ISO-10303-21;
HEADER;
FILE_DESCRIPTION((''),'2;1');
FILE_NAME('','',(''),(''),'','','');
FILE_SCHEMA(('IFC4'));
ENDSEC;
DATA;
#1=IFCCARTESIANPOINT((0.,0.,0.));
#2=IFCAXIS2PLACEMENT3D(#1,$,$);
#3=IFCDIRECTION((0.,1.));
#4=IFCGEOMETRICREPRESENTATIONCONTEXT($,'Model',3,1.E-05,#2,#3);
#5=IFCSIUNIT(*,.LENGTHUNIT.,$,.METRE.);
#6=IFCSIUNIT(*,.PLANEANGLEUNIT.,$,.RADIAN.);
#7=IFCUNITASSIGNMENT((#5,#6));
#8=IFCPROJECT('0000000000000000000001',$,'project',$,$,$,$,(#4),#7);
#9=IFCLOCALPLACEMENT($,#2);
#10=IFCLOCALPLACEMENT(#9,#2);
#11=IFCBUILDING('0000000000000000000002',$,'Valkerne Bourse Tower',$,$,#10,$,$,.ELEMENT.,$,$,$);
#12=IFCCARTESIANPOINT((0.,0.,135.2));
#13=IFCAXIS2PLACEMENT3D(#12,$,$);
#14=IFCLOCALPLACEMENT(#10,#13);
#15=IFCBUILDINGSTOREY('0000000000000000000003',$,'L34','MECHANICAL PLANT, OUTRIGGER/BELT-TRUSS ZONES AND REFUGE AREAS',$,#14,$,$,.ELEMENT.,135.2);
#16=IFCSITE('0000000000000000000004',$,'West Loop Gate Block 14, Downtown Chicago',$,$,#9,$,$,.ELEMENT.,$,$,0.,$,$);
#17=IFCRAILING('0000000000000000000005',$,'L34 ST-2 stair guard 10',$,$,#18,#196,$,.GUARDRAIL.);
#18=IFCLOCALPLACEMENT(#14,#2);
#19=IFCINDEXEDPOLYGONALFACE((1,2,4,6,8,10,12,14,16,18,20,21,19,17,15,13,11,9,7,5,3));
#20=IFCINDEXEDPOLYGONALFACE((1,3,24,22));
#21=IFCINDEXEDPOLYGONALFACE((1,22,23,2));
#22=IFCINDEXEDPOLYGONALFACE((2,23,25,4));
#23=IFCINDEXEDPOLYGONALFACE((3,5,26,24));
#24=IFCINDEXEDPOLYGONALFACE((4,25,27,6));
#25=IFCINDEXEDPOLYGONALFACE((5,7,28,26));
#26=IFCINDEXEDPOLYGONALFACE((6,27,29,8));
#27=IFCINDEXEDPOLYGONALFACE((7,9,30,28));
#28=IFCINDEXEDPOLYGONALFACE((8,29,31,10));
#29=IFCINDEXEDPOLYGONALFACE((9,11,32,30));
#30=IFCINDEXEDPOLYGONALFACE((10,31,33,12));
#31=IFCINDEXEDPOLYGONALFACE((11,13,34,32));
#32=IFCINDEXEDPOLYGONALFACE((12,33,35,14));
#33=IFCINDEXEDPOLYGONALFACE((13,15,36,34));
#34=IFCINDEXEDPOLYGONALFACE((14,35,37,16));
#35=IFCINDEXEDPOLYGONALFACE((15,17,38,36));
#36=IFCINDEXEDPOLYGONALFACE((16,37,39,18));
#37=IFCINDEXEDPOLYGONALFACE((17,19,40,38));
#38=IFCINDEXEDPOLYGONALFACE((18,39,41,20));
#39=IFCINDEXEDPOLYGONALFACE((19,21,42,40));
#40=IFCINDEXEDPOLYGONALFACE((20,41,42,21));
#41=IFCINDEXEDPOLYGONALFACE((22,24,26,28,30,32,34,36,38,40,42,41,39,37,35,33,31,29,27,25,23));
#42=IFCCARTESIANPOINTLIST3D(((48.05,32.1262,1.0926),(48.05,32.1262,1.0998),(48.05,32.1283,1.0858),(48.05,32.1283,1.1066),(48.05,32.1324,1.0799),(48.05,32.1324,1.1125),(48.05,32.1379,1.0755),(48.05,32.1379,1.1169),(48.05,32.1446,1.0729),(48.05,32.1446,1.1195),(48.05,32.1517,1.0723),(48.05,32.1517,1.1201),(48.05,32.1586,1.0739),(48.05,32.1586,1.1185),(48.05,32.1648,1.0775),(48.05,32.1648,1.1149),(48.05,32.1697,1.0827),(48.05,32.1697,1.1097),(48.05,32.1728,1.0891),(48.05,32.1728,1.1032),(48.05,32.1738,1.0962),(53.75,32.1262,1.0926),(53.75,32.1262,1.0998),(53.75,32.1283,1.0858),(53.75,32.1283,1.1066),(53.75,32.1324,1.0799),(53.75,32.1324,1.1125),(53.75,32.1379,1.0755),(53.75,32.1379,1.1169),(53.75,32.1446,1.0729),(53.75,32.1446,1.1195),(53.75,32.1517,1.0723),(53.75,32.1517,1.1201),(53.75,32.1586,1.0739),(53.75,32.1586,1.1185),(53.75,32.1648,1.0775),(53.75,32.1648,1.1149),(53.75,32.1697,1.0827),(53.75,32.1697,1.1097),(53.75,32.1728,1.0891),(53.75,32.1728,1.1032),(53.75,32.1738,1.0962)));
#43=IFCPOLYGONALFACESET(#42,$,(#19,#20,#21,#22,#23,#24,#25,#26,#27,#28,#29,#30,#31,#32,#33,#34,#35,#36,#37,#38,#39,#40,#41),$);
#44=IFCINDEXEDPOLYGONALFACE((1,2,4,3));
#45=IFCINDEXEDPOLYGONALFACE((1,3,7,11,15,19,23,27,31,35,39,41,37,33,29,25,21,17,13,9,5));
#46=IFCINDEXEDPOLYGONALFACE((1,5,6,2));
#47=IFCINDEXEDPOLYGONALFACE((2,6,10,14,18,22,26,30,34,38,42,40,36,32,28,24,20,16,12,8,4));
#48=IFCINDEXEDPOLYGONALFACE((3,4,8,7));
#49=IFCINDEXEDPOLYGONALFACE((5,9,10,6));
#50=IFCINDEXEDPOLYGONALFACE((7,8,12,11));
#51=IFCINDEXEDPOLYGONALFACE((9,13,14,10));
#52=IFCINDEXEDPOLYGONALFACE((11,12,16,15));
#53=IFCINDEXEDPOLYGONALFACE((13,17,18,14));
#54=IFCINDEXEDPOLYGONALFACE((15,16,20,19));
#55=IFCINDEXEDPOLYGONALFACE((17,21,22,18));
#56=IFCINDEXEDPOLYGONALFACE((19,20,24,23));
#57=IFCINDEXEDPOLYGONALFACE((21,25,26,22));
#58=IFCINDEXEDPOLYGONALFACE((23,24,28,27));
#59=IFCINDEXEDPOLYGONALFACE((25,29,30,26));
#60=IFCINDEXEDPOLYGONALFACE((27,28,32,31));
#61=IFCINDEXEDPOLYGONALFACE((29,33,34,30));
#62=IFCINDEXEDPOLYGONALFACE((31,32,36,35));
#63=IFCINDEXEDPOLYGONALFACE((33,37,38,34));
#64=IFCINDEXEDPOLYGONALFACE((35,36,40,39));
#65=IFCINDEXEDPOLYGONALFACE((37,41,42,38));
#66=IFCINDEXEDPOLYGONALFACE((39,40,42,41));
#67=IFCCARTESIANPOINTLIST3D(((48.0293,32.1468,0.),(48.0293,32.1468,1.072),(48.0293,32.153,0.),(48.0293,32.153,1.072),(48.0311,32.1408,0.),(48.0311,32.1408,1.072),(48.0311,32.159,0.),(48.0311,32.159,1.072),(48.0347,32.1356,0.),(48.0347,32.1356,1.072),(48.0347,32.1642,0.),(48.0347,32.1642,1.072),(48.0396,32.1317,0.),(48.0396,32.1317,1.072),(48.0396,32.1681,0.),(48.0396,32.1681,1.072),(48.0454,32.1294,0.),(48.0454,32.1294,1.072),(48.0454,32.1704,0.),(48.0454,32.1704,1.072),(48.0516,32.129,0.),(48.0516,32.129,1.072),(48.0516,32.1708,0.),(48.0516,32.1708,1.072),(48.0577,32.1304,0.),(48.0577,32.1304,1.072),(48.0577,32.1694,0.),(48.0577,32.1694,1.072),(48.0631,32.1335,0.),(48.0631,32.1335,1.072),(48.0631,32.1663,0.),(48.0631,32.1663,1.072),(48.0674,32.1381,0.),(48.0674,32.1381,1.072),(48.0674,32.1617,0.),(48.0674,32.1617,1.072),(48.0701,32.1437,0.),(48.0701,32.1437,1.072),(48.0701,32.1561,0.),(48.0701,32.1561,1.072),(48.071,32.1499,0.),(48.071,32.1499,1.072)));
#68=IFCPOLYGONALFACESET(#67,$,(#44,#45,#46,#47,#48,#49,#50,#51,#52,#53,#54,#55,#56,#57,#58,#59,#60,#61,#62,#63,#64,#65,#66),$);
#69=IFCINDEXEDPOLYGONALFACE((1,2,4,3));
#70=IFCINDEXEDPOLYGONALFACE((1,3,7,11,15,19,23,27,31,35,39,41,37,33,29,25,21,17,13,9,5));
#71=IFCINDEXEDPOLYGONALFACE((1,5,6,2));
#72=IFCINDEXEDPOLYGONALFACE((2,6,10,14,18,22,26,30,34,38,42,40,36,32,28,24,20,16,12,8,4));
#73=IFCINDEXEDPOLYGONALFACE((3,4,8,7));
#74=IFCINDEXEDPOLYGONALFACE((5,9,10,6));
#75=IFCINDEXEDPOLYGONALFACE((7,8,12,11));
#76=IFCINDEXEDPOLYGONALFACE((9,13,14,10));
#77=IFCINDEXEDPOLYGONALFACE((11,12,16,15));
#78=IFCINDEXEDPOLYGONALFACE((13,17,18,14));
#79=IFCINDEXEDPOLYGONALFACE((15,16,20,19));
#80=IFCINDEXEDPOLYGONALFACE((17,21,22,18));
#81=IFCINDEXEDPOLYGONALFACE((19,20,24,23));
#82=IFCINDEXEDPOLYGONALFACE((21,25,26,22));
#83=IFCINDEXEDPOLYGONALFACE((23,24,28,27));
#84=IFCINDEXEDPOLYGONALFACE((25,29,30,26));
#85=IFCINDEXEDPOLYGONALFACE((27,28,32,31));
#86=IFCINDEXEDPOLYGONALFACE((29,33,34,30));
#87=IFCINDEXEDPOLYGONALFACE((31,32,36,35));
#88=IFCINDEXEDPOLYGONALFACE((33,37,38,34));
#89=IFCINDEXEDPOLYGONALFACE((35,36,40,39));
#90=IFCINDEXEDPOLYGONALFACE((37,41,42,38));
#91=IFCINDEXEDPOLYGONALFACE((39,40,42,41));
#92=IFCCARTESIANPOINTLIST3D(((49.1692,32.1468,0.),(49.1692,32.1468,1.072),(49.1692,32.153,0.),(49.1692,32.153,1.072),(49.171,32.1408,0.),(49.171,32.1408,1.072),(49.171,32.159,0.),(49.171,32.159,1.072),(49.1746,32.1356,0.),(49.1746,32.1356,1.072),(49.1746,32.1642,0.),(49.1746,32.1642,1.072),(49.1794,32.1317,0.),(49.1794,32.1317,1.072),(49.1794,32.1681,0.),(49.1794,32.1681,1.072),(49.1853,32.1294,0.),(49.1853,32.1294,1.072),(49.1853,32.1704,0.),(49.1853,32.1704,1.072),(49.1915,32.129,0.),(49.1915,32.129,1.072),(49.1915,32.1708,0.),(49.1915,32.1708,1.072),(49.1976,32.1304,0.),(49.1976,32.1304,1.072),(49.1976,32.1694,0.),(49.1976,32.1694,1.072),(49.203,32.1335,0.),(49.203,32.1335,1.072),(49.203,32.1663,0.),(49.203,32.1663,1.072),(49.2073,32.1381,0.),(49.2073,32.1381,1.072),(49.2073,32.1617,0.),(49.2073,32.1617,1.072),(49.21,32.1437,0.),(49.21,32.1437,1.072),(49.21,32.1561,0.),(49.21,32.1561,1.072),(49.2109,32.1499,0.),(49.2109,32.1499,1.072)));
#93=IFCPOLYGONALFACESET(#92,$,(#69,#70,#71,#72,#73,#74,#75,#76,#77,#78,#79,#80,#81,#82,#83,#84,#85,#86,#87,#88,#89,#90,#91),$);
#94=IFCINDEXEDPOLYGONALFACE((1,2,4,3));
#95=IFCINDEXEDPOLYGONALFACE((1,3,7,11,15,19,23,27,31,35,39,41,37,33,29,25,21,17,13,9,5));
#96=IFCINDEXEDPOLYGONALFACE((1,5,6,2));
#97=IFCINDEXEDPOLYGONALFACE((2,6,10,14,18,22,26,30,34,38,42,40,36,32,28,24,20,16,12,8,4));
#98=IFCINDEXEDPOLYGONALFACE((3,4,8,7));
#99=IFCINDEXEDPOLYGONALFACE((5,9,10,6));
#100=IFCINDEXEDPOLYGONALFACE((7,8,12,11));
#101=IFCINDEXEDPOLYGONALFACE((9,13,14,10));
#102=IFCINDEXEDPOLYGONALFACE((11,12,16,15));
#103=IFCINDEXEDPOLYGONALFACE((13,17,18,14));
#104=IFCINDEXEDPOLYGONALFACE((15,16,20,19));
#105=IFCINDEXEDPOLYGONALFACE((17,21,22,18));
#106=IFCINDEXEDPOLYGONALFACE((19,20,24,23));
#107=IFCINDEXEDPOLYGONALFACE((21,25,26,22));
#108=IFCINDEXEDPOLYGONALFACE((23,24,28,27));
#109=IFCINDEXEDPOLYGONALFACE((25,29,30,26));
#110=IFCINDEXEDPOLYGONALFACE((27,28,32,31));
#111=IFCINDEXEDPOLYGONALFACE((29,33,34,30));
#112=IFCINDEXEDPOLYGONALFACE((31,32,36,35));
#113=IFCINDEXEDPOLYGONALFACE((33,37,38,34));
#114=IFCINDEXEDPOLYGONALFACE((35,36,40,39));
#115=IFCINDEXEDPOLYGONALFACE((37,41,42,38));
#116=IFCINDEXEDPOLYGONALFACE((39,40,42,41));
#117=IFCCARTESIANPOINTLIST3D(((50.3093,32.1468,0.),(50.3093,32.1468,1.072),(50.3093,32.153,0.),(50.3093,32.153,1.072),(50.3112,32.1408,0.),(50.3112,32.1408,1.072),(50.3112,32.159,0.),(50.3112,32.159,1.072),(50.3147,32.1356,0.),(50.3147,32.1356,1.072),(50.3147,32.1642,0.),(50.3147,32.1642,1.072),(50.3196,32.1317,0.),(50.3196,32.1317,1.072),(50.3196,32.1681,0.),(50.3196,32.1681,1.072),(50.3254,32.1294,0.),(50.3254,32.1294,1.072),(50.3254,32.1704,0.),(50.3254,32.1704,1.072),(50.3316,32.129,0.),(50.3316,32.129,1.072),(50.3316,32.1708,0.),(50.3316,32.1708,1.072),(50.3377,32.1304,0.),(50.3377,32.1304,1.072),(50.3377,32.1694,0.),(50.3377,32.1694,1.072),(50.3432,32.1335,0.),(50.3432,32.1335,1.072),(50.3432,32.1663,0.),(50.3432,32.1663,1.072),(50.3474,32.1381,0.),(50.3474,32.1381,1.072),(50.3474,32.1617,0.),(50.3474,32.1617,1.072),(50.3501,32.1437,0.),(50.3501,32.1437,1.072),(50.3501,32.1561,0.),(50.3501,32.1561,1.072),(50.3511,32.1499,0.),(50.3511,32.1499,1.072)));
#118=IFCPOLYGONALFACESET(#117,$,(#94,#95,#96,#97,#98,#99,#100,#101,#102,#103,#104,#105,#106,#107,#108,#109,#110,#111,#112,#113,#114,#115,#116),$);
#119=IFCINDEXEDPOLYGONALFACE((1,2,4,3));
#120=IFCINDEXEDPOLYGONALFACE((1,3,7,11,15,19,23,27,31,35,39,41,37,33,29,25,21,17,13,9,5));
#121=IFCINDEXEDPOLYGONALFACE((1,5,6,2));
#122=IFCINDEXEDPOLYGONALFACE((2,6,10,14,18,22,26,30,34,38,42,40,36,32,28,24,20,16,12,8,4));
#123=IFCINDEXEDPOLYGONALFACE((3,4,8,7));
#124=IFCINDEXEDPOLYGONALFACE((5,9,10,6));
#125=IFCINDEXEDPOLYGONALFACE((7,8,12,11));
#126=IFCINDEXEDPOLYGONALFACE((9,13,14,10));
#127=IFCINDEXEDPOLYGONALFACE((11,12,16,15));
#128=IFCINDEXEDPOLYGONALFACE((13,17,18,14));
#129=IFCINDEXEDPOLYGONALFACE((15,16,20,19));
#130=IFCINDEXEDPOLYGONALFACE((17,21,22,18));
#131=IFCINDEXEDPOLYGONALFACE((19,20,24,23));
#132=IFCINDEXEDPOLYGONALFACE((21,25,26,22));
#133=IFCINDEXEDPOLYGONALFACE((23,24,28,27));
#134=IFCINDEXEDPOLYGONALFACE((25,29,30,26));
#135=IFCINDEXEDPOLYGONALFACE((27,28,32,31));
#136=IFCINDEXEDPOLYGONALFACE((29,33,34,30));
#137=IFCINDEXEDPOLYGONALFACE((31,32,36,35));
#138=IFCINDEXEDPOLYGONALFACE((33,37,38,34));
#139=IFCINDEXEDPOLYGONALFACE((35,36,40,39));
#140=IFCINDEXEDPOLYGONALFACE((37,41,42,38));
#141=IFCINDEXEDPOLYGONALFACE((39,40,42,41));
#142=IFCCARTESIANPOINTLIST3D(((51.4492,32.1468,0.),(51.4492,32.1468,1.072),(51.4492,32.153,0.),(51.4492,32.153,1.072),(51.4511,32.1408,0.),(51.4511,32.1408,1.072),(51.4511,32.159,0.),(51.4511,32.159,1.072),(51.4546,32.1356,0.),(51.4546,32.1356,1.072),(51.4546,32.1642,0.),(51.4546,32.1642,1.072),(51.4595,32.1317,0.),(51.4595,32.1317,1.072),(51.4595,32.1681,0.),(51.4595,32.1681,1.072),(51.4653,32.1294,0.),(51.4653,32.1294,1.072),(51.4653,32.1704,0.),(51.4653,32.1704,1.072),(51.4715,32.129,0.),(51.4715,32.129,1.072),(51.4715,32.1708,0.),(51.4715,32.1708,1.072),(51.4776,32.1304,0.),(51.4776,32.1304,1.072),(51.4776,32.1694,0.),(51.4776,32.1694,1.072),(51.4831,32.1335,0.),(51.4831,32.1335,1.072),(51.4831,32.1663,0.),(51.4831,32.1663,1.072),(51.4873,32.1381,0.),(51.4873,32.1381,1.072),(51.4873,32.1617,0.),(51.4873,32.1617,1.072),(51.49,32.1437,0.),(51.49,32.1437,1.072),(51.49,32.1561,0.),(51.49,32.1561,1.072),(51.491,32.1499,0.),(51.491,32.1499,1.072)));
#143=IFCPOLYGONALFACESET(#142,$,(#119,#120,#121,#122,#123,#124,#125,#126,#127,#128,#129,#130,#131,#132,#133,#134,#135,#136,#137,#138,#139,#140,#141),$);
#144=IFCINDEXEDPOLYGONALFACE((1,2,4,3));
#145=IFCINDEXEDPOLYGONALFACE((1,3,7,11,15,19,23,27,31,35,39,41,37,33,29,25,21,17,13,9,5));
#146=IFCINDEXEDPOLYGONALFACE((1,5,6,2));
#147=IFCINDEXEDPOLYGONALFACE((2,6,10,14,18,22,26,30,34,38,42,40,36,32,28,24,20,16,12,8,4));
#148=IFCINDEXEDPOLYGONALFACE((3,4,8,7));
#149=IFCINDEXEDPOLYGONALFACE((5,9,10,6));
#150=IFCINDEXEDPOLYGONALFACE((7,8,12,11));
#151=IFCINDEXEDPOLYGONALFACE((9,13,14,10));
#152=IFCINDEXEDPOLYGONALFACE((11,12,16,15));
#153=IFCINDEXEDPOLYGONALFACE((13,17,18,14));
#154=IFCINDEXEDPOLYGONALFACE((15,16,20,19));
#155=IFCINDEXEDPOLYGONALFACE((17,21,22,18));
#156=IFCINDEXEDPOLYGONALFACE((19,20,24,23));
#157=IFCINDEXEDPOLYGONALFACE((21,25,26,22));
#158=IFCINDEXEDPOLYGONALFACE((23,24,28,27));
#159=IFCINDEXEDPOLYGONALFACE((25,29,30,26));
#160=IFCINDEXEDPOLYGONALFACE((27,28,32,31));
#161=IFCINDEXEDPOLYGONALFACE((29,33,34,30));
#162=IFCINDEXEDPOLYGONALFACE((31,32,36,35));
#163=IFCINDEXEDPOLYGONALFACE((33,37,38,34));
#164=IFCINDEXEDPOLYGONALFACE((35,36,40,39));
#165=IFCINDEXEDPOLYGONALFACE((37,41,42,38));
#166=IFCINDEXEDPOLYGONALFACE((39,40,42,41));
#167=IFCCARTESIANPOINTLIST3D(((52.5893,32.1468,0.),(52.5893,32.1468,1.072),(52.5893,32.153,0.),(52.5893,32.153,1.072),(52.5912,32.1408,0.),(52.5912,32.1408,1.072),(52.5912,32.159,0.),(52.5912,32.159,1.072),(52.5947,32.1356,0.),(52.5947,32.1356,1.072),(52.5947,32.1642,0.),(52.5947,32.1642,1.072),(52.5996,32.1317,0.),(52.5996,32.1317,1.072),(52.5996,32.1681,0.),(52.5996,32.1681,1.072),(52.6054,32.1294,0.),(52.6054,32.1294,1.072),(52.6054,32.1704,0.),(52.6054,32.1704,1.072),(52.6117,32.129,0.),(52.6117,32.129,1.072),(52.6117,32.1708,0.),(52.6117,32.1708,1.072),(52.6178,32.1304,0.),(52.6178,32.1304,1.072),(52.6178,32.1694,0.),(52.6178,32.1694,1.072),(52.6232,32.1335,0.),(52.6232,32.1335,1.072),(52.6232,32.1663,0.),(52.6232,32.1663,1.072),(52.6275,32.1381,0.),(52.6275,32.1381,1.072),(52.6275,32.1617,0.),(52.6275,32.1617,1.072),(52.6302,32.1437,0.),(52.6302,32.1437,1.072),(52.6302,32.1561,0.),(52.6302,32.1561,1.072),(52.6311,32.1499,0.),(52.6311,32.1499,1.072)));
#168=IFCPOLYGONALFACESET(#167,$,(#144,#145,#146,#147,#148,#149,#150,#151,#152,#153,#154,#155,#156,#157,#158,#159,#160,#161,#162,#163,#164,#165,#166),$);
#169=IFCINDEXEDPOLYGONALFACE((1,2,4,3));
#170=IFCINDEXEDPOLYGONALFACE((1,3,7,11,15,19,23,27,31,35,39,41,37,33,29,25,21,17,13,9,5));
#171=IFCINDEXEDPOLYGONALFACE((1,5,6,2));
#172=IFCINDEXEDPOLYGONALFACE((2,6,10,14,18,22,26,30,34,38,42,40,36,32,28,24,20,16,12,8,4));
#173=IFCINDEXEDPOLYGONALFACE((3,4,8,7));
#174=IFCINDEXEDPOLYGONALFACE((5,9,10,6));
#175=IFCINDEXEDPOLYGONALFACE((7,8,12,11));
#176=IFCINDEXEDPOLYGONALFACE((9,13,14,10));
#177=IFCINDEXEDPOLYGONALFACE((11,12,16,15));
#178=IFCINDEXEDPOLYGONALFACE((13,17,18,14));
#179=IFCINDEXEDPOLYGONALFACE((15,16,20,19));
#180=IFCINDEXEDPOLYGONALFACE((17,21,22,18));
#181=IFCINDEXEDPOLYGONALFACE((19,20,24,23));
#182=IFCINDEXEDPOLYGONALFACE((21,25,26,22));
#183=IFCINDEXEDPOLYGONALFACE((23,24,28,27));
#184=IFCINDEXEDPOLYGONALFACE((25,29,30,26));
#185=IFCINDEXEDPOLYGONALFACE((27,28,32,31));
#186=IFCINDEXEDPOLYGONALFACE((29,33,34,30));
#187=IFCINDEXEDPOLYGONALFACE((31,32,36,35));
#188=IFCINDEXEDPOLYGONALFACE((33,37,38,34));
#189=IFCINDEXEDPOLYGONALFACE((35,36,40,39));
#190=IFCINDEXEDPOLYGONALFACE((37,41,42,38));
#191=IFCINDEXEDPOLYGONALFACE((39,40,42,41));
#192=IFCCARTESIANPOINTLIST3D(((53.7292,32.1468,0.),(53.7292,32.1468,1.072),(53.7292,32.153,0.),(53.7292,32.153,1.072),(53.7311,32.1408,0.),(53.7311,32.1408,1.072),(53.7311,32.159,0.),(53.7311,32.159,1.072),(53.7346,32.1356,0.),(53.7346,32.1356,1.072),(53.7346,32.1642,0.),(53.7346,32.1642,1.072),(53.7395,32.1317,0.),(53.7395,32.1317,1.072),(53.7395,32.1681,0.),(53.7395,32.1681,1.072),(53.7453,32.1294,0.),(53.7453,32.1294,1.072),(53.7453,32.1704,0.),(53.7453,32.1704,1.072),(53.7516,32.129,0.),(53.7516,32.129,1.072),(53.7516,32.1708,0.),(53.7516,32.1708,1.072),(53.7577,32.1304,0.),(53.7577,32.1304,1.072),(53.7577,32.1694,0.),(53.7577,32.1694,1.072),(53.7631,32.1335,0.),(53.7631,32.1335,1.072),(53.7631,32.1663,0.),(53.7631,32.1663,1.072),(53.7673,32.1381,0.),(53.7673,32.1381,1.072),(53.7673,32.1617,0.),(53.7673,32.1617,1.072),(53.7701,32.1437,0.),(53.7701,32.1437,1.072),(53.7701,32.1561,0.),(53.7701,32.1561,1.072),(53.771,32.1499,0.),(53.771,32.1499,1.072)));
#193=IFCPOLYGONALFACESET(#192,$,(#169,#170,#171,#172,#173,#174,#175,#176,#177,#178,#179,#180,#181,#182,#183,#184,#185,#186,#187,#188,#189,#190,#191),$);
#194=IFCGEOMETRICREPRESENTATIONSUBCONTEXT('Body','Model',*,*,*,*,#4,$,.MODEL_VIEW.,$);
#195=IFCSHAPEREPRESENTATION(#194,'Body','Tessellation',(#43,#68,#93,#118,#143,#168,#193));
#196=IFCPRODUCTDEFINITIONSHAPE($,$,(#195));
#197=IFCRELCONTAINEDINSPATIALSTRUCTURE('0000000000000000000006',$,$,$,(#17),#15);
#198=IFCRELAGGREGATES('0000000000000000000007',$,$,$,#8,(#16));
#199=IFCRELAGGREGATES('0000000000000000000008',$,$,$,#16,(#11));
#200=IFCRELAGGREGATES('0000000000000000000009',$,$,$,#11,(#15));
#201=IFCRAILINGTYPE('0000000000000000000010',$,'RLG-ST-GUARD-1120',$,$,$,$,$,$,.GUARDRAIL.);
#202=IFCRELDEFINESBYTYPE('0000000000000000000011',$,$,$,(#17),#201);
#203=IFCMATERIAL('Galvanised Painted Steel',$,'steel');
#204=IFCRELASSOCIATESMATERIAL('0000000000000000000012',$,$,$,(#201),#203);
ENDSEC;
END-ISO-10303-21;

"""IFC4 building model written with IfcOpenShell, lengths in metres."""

from ifc_helpers import new_model, si_unit, direction, frame, origin, origin_2d, place, context, subcontext, project, spatial, circle, extrude, material, type_object, element, save


model = new_model("IFC4")

# Units and contexts
model_context = context("Model", 3, precision=1e-05, world=origin(), true_north=direction((0.0, 1.0)))
body_context = subcontext(model_context, "Body", "Model", "MODEL_VIEW")
ifc_project = project(units=[si_unit("LENGTHUNIT", "METRE"), si_unit("PLANEANGLEUNIT", "RADIAN")], contexts=[model_context])

# Site, building, storey
site_placement = place(None, origin())
site = spatial("IfcSite", under=ifc_project, at=site_placement, Name="West Loop Gate Block 14, Downtown Chicago", CompositionType="ELEMENT", RefElevation=0.0)
building_placement = place(site_placement, origin())
building = spatial("IfcBuilding", under=site, at=building_placement, Name="Valkerne Bourse Tower", CompositionType="ELEMENT")
storey_placement = place(building_placement, frame((0.0, 0.0, 135.2)))
storey = spatial("IfcBuildingStorey", under=building, at=storey_placement, Name="L34", Description="MECHANICAL PLANT, OUTRIGGER/BELT-TRUSS ZONES AND REFUGE AREAS", CompositionType="ELEMENT", Elevation=135.2)

# Shared definitions
ifc_material_1 = material(Name="Galvanised Painted Steel", Category="steel")

# Railing
railing_type_1 = type_object("IfcRailingType", Name="RLG-ST-GUARD-1120", PredefinedType="GUARDRAIL", material=ifc_material_1)
for number, where, name in (
    (1, (48.05, 32.1499, 0.0), "L34 ST-2 stair guard 10"),
):
    element("IfcRailing", number, at=place(storey_placement, frame(where)), inside=storey, type_object=railing_type_1, Name=name, PredefinedType="GUARDRAIL", context=body_context, shape_type="SweptSolid", body=[
        extrude(circle(Radius=0.0239, at=origin_2d()), frame((0.0, 0.0, 1.0962), z_axis=(1.0, 0.0, 0.0), x_axis=(0.0, 1.0, 0.0)), (0.0, 0.0, 1.0), 5.7),
        extrude(circle(Radius=0.021, at=origin_2d()), origin(), (0.0, 0.0, 1.0), 1.072),
        extrude(circle(Radius=0.021, at=origin_2d()), frame((1.1399, 0.0, 0.0)), (0.0, 0.0, 1.0), 1.072),
        extrude(circle(Radius=0.021, at=origin_2d()), frame((2.28, 0.0, 0.0)), (0.0, 0.0, 1.0), 1.072),
        extrude(circle(Radius=0.021, at=origin_2d()), frame((3.4199, 0.0, 0.0)), (0.0, 0.0, 1.0), 1.072),
        extrude(circle(Radius=0.021, at=origin_2d()), frame((4.5601, 0.0, 0.0)), (0.0, 0.0, 1.0), 1.072),
        extrude(circle(Radius=0.021, at=origin_2d()), frame((5.7, 0.0, 0.0)), (0.0, 0.0, 1.0), 1.072),
    ])

save(model, "model.ifc")
